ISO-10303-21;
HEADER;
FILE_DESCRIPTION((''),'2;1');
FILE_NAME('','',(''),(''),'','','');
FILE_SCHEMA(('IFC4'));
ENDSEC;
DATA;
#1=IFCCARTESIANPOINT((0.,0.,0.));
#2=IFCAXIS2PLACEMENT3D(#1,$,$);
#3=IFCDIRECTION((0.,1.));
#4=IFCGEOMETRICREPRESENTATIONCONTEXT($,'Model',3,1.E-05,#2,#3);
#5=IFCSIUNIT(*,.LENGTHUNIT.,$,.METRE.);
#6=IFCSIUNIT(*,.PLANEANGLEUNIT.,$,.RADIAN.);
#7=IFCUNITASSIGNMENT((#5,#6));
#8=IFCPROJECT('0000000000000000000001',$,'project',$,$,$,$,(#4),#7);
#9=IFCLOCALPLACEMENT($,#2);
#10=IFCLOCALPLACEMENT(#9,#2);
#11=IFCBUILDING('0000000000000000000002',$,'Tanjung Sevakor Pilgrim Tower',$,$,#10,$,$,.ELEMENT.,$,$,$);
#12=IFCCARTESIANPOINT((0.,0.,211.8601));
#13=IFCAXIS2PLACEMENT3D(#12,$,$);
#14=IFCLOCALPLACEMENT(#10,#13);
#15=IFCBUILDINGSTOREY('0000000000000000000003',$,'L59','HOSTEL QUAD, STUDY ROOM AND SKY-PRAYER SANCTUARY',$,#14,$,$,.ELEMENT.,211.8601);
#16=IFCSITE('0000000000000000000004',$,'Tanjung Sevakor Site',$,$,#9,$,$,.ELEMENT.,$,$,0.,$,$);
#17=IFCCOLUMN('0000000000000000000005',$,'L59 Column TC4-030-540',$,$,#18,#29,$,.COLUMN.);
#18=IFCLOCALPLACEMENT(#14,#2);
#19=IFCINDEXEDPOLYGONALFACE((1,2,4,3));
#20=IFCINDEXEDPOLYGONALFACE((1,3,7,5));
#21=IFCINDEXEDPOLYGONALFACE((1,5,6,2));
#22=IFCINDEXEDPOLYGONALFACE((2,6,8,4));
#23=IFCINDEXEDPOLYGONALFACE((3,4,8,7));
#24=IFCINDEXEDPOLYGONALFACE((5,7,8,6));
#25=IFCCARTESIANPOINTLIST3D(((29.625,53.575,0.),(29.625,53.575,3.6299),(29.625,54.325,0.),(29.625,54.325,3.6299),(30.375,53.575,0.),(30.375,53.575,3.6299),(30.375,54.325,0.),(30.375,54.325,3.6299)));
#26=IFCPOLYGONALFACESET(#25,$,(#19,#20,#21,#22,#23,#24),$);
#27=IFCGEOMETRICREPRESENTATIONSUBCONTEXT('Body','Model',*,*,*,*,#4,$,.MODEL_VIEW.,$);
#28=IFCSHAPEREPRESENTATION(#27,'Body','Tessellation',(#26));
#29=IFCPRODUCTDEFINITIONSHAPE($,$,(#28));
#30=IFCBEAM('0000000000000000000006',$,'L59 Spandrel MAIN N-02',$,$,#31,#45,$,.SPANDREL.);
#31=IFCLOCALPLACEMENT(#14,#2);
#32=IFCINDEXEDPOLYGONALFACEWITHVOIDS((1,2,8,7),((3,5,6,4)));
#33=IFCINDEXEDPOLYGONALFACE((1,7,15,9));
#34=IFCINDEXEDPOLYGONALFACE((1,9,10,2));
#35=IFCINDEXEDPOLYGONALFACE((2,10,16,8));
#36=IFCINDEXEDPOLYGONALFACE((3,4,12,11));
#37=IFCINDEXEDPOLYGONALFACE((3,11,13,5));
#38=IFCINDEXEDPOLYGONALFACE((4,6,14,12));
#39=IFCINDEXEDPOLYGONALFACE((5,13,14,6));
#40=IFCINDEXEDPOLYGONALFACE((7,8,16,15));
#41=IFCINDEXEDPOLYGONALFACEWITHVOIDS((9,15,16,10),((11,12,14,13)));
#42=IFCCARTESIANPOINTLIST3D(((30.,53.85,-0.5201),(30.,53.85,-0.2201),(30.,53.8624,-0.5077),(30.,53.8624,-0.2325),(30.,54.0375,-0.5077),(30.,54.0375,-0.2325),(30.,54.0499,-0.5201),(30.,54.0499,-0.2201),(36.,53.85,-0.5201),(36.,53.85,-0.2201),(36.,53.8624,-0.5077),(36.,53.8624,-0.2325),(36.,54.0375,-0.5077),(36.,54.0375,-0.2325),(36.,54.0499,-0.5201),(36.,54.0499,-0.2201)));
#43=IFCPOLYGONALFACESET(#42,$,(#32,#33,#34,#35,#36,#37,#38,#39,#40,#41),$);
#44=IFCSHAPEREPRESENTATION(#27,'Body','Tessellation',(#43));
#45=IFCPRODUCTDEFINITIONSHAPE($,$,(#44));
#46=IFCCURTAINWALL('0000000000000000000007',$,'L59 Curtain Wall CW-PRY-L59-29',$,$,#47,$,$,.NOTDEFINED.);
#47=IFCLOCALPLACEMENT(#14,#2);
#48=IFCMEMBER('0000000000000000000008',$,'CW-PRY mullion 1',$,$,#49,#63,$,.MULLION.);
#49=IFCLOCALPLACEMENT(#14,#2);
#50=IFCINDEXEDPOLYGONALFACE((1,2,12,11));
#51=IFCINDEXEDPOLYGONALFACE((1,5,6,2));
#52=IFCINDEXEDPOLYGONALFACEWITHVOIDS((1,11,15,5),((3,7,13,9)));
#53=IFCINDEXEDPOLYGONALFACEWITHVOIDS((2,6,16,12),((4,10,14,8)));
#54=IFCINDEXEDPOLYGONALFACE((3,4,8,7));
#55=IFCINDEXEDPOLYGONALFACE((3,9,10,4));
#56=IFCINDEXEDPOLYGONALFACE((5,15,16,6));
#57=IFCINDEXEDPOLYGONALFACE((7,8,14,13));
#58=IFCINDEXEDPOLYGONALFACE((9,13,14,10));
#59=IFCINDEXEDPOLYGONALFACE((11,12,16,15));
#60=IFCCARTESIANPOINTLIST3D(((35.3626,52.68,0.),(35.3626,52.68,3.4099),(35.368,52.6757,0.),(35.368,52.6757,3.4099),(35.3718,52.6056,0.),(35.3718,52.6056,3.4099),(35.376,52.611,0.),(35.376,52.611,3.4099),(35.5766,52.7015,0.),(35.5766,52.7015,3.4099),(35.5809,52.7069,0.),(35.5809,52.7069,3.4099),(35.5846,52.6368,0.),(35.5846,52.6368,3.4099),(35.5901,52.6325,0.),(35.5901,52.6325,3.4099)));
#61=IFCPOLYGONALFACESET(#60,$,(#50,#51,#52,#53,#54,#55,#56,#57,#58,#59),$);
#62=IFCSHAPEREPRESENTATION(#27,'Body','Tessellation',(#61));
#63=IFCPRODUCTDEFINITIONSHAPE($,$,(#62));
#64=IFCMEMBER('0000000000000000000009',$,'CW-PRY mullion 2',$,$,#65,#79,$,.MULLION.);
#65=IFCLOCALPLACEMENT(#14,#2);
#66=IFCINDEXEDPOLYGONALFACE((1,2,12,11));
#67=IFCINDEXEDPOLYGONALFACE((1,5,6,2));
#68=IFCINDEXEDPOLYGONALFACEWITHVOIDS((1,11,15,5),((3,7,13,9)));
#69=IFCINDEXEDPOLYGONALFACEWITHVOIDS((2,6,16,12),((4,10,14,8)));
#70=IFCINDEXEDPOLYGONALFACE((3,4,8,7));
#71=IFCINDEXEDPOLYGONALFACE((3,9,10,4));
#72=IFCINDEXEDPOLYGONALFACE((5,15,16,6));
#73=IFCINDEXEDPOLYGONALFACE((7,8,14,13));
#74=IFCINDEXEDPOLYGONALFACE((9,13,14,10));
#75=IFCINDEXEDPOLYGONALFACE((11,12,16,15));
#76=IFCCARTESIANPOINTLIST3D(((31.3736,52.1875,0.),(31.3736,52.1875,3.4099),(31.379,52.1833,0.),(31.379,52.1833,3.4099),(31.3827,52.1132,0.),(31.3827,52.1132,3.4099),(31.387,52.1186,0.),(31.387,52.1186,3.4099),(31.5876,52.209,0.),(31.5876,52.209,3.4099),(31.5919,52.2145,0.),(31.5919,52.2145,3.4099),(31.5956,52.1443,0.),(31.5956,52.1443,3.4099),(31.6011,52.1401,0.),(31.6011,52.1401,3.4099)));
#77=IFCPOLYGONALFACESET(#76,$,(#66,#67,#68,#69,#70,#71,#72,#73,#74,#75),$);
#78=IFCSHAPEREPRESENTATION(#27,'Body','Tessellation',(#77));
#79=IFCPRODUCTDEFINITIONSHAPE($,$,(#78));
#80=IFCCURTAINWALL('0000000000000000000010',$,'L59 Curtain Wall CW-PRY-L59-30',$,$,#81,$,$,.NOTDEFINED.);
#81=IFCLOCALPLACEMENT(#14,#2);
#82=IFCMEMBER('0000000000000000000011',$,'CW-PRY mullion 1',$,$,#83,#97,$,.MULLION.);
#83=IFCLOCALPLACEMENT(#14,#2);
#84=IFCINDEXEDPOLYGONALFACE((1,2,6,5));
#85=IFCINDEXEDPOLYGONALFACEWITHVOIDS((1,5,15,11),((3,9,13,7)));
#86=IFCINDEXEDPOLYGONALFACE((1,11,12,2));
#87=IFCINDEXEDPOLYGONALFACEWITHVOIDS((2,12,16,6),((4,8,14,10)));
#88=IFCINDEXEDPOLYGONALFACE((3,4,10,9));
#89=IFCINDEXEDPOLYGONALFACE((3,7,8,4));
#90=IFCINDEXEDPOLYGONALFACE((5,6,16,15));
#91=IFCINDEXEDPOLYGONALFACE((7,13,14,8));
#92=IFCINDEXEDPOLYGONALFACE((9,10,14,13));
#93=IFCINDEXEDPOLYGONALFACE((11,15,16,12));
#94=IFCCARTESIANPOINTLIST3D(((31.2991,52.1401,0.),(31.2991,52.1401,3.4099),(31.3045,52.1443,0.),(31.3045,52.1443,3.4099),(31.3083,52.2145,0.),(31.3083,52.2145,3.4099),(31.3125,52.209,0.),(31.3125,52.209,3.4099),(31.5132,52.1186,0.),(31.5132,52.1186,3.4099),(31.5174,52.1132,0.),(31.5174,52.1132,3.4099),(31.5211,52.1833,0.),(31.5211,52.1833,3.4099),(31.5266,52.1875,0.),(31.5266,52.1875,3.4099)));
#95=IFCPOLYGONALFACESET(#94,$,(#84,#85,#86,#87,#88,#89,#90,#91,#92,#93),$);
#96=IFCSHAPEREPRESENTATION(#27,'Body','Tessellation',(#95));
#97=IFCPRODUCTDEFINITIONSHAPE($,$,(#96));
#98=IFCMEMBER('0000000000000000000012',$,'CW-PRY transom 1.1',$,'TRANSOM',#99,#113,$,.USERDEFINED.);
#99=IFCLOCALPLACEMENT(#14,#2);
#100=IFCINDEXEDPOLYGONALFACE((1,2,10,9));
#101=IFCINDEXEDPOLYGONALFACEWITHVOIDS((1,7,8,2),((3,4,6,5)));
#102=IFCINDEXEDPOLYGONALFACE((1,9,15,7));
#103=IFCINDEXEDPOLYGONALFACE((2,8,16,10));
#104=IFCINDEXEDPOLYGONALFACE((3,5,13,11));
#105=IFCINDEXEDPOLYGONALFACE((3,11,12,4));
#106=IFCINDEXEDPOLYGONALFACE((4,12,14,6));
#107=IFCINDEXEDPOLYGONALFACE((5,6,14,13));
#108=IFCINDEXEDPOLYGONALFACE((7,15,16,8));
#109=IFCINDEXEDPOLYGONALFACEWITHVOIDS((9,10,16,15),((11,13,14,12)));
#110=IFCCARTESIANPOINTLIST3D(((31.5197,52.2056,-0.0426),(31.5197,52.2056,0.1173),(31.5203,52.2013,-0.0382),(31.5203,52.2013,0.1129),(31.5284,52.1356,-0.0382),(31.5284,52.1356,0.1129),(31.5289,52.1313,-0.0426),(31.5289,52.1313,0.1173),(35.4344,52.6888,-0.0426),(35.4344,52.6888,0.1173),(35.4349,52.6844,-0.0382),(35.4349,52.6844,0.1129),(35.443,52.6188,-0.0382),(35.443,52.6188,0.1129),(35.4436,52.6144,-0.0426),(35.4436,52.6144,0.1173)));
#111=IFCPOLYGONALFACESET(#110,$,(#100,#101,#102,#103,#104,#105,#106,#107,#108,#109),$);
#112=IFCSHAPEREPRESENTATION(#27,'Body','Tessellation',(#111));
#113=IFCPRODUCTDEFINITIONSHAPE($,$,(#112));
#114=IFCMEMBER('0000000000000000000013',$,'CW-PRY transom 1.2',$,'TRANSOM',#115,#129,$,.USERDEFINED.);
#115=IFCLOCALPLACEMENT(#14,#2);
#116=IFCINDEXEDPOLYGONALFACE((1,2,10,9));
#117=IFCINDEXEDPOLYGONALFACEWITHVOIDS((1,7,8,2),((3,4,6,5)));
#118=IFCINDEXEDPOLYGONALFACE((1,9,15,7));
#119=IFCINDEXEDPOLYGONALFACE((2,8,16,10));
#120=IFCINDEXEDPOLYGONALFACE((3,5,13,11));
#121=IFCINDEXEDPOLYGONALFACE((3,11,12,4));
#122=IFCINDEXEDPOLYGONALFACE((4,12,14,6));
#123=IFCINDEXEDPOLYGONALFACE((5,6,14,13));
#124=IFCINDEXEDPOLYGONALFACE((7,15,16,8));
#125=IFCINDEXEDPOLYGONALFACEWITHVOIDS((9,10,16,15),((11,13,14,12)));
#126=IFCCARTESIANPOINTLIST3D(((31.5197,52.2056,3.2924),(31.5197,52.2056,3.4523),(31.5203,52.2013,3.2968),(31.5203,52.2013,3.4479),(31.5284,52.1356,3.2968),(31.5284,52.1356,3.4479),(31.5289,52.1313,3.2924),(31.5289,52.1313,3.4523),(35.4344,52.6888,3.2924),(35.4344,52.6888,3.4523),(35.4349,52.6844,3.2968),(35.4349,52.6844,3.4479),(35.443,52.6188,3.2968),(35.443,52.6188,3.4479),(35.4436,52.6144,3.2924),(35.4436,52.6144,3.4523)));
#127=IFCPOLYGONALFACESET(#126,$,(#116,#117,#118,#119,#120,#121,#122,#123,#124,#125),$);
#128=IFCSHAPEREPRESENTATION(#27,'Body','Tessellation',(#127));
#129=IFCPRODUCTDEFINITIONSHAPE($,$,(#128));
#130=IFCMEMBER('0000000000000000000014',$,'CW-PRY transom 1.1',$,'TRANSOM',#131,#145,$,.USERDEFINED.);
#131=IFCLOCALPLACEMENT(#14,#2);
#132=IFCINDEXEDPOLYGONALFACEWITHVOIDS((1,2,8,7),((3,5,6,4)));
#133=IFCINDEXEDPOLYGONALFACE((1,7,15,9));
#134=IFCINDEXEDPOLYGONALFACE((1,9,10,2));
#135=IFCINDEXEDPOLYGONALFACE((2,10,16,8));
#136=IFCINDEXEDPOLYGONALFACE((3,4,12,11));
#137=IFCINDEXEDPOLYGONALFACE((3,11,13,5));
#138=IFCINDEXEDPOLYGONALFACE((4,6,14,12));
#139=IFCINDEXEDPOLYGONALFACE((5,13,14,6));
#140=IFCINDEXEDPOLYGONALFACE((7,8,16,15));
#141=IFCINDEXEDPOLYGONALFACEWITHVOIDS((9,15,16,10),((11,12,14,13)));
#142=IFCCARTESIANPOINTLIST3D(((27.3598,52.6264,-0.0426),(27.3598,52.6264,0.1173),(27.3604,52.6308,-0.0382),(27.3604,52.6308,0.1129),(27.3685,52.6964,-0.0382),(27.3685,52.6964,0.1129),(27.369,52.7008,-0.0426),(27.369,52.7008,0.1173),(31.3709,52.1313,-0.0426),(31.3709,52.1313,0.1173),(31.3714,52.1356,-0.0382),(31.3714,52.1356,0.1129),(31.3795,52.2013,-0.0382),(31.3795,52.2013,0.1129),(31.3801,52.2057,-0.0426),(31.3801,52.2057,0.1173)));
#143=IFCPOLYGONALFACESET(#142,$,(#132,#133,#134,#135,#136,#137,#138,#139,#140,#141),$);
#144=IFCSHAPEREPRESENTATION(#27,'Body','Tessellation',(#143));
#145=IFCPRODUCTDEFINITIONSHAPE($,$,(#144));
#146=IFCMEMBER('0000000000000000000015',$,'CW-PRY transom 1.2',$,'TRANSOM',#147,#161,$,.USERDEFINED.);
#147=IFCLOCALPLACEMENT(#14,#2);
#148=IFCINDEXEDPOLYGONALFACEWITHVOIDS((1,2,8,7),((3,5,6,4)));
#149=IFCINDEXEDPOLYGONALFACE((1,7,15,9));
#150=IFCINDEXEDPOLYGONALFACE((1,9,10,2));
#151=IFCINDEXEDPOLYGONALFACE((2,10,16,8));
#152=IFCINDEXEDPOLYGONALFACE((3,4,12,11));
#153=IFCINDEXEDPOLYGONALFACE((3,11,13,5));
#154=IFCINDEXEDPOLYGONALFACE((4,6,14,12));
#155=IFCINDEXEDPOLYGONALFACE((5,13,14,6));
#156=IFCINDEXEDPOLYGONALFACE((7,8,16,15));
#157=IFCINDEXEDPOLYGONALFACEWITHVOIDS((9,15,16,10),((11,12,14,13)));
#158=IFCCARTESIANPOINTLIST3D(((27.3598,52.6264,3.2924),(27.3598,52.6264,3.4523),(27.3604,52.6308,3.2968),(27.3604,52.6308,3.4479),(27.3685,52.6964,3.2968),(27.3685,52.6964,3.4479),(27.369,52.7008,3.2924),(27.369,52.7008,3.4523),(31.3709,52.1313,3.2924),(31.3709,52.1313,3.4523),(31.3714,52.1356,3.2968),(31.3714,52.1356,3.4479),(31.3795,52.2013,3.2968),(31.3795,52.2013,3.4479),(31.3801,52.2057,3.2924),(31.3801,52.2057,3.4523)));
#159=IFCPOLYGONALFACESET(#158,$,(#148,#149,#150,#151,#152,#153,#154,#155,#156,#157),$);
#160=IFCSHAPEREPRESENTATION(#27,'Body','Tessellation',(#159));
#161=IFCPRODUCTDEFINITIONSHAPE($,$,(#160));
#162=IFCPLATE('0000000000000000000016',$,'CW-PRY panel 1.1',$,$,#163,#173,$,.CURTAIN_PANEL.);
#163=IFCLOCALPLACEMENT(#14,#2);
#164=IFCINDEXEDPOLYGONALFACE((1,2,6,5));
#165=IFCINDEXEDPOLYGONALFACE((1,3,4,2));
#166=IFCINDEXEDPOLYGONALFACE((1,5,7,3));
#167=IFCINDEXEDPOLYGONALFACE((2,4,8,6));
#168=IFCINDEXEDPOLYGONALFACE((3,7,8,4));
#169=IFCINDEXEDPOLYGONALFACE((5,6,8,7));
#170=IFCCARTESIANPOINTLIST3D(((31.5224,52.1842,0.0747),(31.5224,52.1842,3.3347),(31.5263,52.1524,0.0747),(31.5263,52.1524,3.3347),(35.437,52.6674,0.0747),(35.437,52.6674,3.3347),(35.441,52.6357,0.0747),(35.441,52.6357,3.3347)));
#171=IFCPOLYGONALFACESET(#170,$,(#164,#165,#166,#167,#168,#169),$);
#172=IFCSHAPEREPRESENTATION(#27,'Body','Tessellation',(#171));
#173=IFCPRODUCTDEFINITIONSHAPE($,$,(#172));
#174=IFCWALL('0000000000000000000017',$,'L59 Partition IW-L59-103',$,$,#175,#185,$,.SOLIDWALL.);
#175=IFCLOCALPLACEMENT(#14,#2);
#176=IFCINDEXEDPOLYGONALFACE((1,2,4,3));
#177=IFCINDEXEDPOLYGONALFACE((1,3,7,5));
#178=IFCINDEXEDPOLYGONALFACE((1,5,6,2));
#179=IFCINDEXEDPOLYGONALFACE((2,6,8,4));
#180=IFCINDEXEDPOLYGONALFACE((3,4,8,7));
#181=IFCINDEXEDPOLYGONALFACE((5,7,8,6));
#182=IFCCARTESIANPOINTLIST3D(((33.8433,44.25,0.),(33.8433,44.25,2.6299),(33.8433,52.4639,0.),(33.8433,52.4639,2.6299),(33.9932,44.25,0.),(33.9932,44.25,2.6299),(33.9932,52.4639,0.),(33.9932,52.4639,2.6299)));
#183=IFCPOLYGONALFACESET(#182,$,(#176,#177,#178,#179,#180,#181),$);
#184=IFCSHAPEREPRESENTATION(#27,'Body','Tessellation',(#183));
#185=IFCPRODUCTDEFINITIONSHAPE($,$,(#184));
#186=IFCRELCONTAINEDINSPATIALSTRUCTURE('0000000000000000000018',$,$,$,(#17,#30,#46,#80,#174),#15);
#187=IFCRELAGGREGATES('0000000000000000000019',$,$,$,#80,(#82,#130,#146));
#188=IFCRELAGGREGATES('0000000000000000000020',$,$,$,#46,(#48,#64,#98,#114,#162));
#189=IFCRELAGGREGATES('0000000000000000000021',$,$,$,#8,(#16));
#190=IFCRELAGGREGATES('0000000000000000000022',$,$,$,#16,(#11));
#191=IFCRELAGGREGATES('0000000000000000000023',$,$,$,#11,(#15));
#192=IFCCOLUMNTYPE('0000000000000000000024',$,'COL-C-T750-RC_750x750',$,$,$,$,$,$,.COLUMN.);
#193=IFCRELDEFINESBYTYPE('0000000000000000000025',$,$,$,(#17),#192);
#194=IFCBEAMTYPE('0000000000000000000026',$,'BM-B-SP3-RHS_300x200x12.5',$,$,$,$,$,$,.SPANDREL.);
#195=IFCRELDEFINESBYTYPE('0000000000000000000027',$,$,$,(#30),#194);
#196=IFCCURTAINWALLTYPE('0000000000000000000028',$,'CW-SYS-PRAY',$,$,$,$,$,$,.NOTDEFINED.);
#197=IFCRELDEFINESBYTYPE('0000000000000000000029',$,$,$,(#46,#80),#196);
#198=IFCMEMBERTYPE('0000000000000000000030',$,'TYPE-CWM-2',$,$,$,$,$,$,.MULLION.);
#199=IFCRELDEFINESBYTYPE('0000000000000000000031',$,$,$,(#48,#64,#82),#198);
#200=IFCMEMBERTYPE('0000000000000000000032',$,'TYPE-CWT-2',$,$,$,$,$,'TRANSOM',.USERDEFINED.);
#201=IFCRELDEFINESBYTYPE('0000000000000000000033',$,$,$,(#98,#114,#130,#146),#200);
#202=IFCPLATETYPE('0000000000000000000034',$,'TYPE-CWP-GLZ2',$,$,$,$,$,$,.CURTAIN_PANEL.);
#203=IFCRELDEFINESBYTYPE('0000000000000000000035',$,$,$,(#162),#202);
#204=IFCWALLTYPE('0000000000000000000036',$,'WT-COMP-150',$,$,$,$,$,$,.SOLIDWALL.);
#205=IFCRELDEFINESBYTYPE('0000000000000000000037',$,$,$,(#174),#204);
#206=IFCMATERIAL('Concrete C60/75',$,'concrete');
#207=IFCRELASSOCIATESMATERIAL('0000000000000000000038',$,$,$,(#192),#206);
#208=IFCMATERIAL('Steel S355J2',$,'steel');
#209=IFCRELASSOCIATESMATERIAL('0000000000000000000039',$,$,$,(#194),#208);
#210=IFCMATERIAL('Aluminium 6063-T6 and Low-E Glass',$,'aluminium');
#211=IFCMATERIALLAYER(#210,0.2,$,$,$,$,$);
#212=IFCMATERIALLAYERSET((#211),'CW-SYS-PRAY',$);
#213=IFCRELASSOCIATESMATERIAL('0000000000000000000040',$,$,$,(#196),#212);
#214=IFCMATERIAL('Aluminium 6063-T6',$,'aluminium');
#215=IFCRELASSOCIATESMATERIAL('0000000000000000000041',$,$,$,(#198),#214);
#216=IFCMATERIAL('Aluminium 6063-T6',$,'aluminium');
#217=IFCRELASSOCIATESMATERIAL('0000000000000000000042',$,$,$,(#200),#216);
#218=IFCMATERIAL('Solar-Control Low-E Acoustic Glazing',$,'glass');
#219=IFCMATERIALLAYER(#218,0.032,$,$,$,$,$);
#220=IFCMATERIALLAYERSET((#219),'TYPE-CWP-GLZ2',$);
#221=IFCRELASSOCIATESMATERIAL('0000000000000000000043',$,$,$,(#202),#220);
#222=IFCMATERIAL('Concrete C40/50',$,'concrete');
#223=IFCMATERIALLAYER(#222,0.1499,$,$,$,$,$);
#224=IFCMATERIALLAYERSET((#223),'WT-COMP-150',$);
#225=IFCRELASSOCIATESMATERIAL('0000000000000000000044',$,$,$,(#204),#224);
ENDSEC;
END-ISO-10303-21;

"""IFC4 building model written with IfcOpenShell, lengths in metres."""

from ifc_helpers import new_model, si_unit, direction, frame, frame_2d, origin, origin_2d, place, context, subcontext, project, spatial, rectangle, hollow_rectangle, extrude, material, layer, layer_set, material_profile, profile_set, type_object, element, aggregate, save


model = new_model("IFC4")

# Units and contexts
model_context = context("Model", 3, precision=1e-05, world=origin(), true_north=direction((0.0, 1.0)))
body_context = subcontext(model_context, "Body", "Model", "MODEL_VIEW")
ifc_project = project(units=[si_unit("LENGTHUNIT", "METRE"), si_unit("PLANEANGLEUNIT", "RADIAN")], contexts=[model_context])

# Site, building, storey
site_placement = place(None, origin())
site = spatial("IfcSite", under=ifc_project, at=site_placement, Name="Tanjung Sevakor Site", CompositionType="ELEMENT", RefElevation=0.0)
building_placement = place(site_placement, origin())
building = spatial("IfcBuilding", under=site, at=building_placement, Name="Tanjung Sevakor Pilgrim Tower", CompositionType="ELEMENT")
storey_placement = place(building_placement, frame((0.0, 0.0, 211.8601)))
storey = spatial("IfcBuildingStorey", under=building, at=storey_placement, Name="L59", Description="HOSTEL QUAD, STUDY ROOM AND SKY-PRAYER SANCTUARY", CompositionType="ELEMENT", Elevation=211.8601)

# Column
ifc_material_1 = material(Name="Concrete C60/75", Category="concrete")
ifc_material_profile_1 = material_profile(ifc_material_1, rectangle(XDim=0.75, YDim=0.75, at=origin_2d()))
ifc_profile_set_1 = profile_set([ifc_material_profile_1], Name="Concrete C60/75")
column_type = type_object("IfcColumnType", Name="COL-C-T750-RC_750x750", PredefinedType="COLUMN", material=ifc_profile_set_1)
column_placement = place(storey_placement, frame((30.0, 53.95, 0.0), z_axis=(0.0, 0.0, 1.0), x_axis=(1.0, 0.0, 0.0)))
element("IfcColumn", 1, at=column_placement, inside=storey, type_object=column_type, Name="L59 Column TC4-030-540", PredefinedType="COLUMN", context=body_context, shape_type="SweptSolid", body=[
    extrude(rectangle(XDim=0.75, YDim=0.75, at=origin_2d()), origin(), (0.0, 0.0, 1.0), 3.6299),
])

# Beam
ifc_material_2 = material(Name="Steel S355J2", Category="steel")
ifc_material_profile_2 = material_profile(ifc_material_2, hollow_rectangle(XDim=0.2, YDim=0.3, WallThickness=0.0125, at=origin_2d()))
ifc_profile_set_2 = profile_set([ifc_material_profile_2], Name="Steel S355J2")
beam_type = type_object("IfcBeamType", Name="BM-B-SP3-RHS_300x200x12.5", PredefinedType="SPANDREL", material=ifc_profile_set_2)
beam_placement = place(storey_placement, frame((30.0, 53.95, -0.3701), z_axis=(1.0, 0.0, 0.0), x_axis=(0.0, 1.0, 0.0)))
element("IfcBeam", 2, at=beam_placement, inside=storey, type_object=beam_type, Name="L59 Spandrel MAIN N-02", PredefinedType="SPANDREL", context=body_context, shape_type="SweptSolid", body=[
    extrude(hollow_rectangle(XDim=0.2, YDim=0.3, WallThickness=0.0125, at=origin_2d()), origin(), (0.0, 0.0, 1.0), 6.0),
])

# Curtain wall, members
ifc_material_3 = material(Name="Aluminium 6063-T6 and Low-E Glass", Category="aluminium")
ifc_layer_1 = layer(ifc_material_3, 0.2)
ifc_layer_set_1 = layer_set([ifc_layer_1], Name="CW-SYS-PRAY")
curtain_wall_type = type_object("IfcCurtainWallType", Name="CW-SYS-PRAY", PredefinedType="NOTDEFINED", material=ifc_layer_set_1)
curtain_wall_1_placement = place(storey_placement, origin())
curtain_wall_1 = element("IfcCurtainWall", 3, at=curtain_wall_1_placement, inside=storey, type_object=curtain_wall_type, Name="L59 Curtain Wall CW-PRY-L59-29", PredefinedType="NOTDEFINED")
ifc_material_4 = material(Name="Aluminium 6063-T6", Category="aluminium")
ifc_material_profile_3 = material_profile(ifc_material_4, hollow_rectangle(XDim=0.075, YDim=0.22, WallThickness=0.0049, at=origin_2d()))
ifc_profile_set_3 = profile_set([ifc_material_profile_3], Name="Aluminium 6063-T6")
member_type_1 = type_object("IfcMemberType", Name="TYPE-CWM-2", PredefinedType="MULLION", material=ifc_profile_set_3)
member_1_placement = place(storey_placement, frame((35.4763, 52.6562, 0.0), z_axis=(0.0, 0.0, 1.0), x_axis=(0.122511, -0.992467, 0.0)))
member_1 = element("IfcMember", 4, at=member_1_placement, type_object=member_type_1, Name="CW-PRY mullion 1", PredefinedType="MULLION", context=body_context, shape_type="SweptSolid", body=[
    extrude(hollow_rectangle(XDim=0.075, YDim=0.22, WallThickness=0.0049, at=origin_2d()), origin(), (0.0, 0.0, 1.0), 3.4099),
])
member_2_placement = place(storey_placement, frame((31.4873, 52.1638, 0.0), z_axis=(0.0, 0.0, 1.0), x_axis=(0.122511, -0.992467, 0.0)))
member_2 = element("IfcMember", 5, at=member_2_placement, type_object=member_type_1, Name="CW-PRY mullion 2", PredefinedType="MULLION", context=body_context, shape_type="SweptSolid", body=[
    extrude(hollow_rectangle(XDim=0.075, YDim=0.22, WallThickness=0.0049, at=origin_2d()), origin(), (0.0, 0.0, 1.0), 3.4099),
])

# Curtain wall, member
curtain_wall_2_placement = place(storey_placement, origin())
curtain_wall_2 = element("IfcCurtainWall", 6, at=curtain_wall_2_placement, inside=storey, type_object=curtain_wall_type, Name="L59 Curtain Wall CW-PRY-L59-30", PredefinedType="NOTDEFINED")
member_3_placement = place(storey_placement, frame((31.4128, 52.1638, 0.0), z_axis=(0.0, 0.0, 1.0), x_axis=(-0.122508, -0.992468, 0.0)))
member_3 = element("IfcMember", 7, at=member_3_placement, type_object=member_type_1, Name="CW-PRY mullion 1", PredefinedType="MULLION", context=body_context, shape_type="SweptSolid", body=[
    extrude(hollow_rectangle(XDim=0.075, YDim=0.22, WallThickness=0.0049, at=origin_2d()), origin(), (0.0, 0.0, 1.0), 3.4099),
])

# Members
ifc_material_5 = material(Name="Aluminium 6063-T6", Category="aluminium")
ifc_material_profile_4 = material_profile(ifc_material_5, hollow_rectangle(XDim=0.075, YDim=0.1599, WallThickness=0.0044, at=origin_2d()))
ifc_profile_set_4 = profile_set([ifc_material_profile_4], Name="Aluminium 6063-T6")
member_type_2 = type_object("IfcMemberType", Name="TYPE-CWT-2", ElementType="TRANSOM", PredefinedType="USERDEFINED", material=ifc_profile_set_4)
member_4_placement = place(storey_placement, frame((35.439, 52.6516, 0.0374), z_axis=(-0.992469, -0.122496, 0.0), x_axis=(0.122496, -0.992469, 0.0)))
member_4 = element("IfcMember", 8, at=member_4_placement, type_object=member_type_2, Name="CW-PRY transom 1.1", ObjectType="TRANSOM", PredefinedType="USERDEFINED", context=body_context, shape_type="SweptSolid", body=[
    extrude(hollow_rectangle(XDim=0.075, YDim=0.1599, WallThickness=0.0044, at=origin_2d()), origin(), (0.0, 0.0, 1.0), 3.9443),
])
member_5_placement = place(storey_placement, frame((35.439, 52.6516, 3.3723), z_axis=(-0.992469, -0.122496, 0.0), x_axis=(0.122496, -0.992469, 0.0)))
member_5 = element("IfcMember", 9, at=member_5_placement, type_object=member_type_2, Name="CW-PRY transom 1.2", ObjectType="TRANSOM", PredefinedType="USERDEFINED", context=body_context, shape_type="SweptSolid", body=[
    extrude(hollow_rectangle(XDim=0.075, YDim=0.1599, WallThickness=0.0044, at=origin_2d()), origin(), (0.0, 0.0, 1.0), 3.9443),
])
member_6_placement = place(storey_placement, frame((31.3755, 52.1685, 0.0374), z_axis=(-0.992467, 0.12251, 0.0), x_axis=(-0.12251, -0.992467, 0.0)))
member_6 = element("IfcMember", 10, at=member_6_placement, type_object=member_type_2, Name="CW-PRY transom 1.1", ObjectType="TRANSOM", PredefinedType="USERDEFINED", context=body_context, shape_type="SweptSolid", body=[
    extrude(hollow_rectangle(XDim=0.075, YDim=0.1599, WallThickness=0.0044, at=origin_2d()), origin(), (0.0, 0.0, 1.0), 4.0415),
])
member_7_placement = place(storey_placement, frame((31.3755, 52.1685, 3.3723), z_axis=(-0.992467, 0.12251, 0.0), x_axis=(-0.12251, -0.992467, 0.0)))
member_7 = element("IfcMember", 11, at=member_7_placement, type_object=member_type_2, Name="CW-PRY transom 1.2", ObjectType="TRANSOM", PredefinedType="USERDEFINED", context=body_context, shape_type="SweptSolid", body=[
    extrude(hollow_rectangle(XDim=0.075, YDim=0.1599, WallThickness=0.0044, at=origin_2d()), origin(), (0.0, 0.0, 1.0), 4.0415),
])
aggregate(curtain_wall_2, [member_3, member_6, member_7])

# Plate
ifc_material_6 = material(Name="Solar-Control Low-E Acoustic Glazing", Category="glass")
ifc_layer_2 = layer(ifc_material_6, 0.032)
ifc_layer_set_2 = layer_set([ifc_layer_2], Name="TYPE-CWP-GLZ2")
plate_type = type_object("IfcPlateType", Name="TYPE-CWP-GLZ2", PredefinedType="CURTAIN_PANEL", material=ifc_layer_set_2)
plate_placement = place(storey_placement, frame((33.4817, 52.4099, 0.0747), z_axis=(0.0, 0.0, 1.0), x_axis=(-0.992467, -0.122511, 0.0)))
plate = element("IfcPlate", 12, at=plate_placement, type_object=plate_type, Name="CW-PRY panel 1.1", PredefinedType="CURTAIN_PANEL", context=body_context, shape_type="SweptSolid", body=[
    extrude(rectangle(XDim=3.9443, YDim=0.032, at=origin_2d()), origin(), (0.0, 0.0, 1.0), 3.26),
])
aggregate(curtain_wall_1, [member_1, member_2, member_4, member_5, plate])

# Wall
ifc_material_7 = material(Name="Concrete C40/50", Category="concrete")
ifc_layer_3 = layer(ifc_material_7, 0.1499)
ifc_layer_set_3 = layer_set([ifc_layer_3], Name="WT-COMP-150")
wall_type_1 = type_object("IfcWallType", Name="WT-COMP-150", PredefinedType="SOLIDWALL", material=ifc_layer_set_3)
wall_1_placement = place(storey_placement, frame((33.9182, 44.25, 0.0), z_axis=(0.0, 0.0, 1.0), x_axis=(0.0, 1.0, 0.0)))
element("IfcWall", 13, at=wall_1_placement, inside=storey, type_object=wall_type_1, Name="L59 Partition IW-L59-103", PredefinedType="SOLIDWALL", context=body_context, shape_type="SweptSolid", body=[
    extrude(rectangle(XDim=8.2139, YDim=0.1499, at=frame_2d((4.1069, 0.0))), origin(), (0.0, 0.0, 1.0), 2.6299),
])

save(model, "model.ifc")
